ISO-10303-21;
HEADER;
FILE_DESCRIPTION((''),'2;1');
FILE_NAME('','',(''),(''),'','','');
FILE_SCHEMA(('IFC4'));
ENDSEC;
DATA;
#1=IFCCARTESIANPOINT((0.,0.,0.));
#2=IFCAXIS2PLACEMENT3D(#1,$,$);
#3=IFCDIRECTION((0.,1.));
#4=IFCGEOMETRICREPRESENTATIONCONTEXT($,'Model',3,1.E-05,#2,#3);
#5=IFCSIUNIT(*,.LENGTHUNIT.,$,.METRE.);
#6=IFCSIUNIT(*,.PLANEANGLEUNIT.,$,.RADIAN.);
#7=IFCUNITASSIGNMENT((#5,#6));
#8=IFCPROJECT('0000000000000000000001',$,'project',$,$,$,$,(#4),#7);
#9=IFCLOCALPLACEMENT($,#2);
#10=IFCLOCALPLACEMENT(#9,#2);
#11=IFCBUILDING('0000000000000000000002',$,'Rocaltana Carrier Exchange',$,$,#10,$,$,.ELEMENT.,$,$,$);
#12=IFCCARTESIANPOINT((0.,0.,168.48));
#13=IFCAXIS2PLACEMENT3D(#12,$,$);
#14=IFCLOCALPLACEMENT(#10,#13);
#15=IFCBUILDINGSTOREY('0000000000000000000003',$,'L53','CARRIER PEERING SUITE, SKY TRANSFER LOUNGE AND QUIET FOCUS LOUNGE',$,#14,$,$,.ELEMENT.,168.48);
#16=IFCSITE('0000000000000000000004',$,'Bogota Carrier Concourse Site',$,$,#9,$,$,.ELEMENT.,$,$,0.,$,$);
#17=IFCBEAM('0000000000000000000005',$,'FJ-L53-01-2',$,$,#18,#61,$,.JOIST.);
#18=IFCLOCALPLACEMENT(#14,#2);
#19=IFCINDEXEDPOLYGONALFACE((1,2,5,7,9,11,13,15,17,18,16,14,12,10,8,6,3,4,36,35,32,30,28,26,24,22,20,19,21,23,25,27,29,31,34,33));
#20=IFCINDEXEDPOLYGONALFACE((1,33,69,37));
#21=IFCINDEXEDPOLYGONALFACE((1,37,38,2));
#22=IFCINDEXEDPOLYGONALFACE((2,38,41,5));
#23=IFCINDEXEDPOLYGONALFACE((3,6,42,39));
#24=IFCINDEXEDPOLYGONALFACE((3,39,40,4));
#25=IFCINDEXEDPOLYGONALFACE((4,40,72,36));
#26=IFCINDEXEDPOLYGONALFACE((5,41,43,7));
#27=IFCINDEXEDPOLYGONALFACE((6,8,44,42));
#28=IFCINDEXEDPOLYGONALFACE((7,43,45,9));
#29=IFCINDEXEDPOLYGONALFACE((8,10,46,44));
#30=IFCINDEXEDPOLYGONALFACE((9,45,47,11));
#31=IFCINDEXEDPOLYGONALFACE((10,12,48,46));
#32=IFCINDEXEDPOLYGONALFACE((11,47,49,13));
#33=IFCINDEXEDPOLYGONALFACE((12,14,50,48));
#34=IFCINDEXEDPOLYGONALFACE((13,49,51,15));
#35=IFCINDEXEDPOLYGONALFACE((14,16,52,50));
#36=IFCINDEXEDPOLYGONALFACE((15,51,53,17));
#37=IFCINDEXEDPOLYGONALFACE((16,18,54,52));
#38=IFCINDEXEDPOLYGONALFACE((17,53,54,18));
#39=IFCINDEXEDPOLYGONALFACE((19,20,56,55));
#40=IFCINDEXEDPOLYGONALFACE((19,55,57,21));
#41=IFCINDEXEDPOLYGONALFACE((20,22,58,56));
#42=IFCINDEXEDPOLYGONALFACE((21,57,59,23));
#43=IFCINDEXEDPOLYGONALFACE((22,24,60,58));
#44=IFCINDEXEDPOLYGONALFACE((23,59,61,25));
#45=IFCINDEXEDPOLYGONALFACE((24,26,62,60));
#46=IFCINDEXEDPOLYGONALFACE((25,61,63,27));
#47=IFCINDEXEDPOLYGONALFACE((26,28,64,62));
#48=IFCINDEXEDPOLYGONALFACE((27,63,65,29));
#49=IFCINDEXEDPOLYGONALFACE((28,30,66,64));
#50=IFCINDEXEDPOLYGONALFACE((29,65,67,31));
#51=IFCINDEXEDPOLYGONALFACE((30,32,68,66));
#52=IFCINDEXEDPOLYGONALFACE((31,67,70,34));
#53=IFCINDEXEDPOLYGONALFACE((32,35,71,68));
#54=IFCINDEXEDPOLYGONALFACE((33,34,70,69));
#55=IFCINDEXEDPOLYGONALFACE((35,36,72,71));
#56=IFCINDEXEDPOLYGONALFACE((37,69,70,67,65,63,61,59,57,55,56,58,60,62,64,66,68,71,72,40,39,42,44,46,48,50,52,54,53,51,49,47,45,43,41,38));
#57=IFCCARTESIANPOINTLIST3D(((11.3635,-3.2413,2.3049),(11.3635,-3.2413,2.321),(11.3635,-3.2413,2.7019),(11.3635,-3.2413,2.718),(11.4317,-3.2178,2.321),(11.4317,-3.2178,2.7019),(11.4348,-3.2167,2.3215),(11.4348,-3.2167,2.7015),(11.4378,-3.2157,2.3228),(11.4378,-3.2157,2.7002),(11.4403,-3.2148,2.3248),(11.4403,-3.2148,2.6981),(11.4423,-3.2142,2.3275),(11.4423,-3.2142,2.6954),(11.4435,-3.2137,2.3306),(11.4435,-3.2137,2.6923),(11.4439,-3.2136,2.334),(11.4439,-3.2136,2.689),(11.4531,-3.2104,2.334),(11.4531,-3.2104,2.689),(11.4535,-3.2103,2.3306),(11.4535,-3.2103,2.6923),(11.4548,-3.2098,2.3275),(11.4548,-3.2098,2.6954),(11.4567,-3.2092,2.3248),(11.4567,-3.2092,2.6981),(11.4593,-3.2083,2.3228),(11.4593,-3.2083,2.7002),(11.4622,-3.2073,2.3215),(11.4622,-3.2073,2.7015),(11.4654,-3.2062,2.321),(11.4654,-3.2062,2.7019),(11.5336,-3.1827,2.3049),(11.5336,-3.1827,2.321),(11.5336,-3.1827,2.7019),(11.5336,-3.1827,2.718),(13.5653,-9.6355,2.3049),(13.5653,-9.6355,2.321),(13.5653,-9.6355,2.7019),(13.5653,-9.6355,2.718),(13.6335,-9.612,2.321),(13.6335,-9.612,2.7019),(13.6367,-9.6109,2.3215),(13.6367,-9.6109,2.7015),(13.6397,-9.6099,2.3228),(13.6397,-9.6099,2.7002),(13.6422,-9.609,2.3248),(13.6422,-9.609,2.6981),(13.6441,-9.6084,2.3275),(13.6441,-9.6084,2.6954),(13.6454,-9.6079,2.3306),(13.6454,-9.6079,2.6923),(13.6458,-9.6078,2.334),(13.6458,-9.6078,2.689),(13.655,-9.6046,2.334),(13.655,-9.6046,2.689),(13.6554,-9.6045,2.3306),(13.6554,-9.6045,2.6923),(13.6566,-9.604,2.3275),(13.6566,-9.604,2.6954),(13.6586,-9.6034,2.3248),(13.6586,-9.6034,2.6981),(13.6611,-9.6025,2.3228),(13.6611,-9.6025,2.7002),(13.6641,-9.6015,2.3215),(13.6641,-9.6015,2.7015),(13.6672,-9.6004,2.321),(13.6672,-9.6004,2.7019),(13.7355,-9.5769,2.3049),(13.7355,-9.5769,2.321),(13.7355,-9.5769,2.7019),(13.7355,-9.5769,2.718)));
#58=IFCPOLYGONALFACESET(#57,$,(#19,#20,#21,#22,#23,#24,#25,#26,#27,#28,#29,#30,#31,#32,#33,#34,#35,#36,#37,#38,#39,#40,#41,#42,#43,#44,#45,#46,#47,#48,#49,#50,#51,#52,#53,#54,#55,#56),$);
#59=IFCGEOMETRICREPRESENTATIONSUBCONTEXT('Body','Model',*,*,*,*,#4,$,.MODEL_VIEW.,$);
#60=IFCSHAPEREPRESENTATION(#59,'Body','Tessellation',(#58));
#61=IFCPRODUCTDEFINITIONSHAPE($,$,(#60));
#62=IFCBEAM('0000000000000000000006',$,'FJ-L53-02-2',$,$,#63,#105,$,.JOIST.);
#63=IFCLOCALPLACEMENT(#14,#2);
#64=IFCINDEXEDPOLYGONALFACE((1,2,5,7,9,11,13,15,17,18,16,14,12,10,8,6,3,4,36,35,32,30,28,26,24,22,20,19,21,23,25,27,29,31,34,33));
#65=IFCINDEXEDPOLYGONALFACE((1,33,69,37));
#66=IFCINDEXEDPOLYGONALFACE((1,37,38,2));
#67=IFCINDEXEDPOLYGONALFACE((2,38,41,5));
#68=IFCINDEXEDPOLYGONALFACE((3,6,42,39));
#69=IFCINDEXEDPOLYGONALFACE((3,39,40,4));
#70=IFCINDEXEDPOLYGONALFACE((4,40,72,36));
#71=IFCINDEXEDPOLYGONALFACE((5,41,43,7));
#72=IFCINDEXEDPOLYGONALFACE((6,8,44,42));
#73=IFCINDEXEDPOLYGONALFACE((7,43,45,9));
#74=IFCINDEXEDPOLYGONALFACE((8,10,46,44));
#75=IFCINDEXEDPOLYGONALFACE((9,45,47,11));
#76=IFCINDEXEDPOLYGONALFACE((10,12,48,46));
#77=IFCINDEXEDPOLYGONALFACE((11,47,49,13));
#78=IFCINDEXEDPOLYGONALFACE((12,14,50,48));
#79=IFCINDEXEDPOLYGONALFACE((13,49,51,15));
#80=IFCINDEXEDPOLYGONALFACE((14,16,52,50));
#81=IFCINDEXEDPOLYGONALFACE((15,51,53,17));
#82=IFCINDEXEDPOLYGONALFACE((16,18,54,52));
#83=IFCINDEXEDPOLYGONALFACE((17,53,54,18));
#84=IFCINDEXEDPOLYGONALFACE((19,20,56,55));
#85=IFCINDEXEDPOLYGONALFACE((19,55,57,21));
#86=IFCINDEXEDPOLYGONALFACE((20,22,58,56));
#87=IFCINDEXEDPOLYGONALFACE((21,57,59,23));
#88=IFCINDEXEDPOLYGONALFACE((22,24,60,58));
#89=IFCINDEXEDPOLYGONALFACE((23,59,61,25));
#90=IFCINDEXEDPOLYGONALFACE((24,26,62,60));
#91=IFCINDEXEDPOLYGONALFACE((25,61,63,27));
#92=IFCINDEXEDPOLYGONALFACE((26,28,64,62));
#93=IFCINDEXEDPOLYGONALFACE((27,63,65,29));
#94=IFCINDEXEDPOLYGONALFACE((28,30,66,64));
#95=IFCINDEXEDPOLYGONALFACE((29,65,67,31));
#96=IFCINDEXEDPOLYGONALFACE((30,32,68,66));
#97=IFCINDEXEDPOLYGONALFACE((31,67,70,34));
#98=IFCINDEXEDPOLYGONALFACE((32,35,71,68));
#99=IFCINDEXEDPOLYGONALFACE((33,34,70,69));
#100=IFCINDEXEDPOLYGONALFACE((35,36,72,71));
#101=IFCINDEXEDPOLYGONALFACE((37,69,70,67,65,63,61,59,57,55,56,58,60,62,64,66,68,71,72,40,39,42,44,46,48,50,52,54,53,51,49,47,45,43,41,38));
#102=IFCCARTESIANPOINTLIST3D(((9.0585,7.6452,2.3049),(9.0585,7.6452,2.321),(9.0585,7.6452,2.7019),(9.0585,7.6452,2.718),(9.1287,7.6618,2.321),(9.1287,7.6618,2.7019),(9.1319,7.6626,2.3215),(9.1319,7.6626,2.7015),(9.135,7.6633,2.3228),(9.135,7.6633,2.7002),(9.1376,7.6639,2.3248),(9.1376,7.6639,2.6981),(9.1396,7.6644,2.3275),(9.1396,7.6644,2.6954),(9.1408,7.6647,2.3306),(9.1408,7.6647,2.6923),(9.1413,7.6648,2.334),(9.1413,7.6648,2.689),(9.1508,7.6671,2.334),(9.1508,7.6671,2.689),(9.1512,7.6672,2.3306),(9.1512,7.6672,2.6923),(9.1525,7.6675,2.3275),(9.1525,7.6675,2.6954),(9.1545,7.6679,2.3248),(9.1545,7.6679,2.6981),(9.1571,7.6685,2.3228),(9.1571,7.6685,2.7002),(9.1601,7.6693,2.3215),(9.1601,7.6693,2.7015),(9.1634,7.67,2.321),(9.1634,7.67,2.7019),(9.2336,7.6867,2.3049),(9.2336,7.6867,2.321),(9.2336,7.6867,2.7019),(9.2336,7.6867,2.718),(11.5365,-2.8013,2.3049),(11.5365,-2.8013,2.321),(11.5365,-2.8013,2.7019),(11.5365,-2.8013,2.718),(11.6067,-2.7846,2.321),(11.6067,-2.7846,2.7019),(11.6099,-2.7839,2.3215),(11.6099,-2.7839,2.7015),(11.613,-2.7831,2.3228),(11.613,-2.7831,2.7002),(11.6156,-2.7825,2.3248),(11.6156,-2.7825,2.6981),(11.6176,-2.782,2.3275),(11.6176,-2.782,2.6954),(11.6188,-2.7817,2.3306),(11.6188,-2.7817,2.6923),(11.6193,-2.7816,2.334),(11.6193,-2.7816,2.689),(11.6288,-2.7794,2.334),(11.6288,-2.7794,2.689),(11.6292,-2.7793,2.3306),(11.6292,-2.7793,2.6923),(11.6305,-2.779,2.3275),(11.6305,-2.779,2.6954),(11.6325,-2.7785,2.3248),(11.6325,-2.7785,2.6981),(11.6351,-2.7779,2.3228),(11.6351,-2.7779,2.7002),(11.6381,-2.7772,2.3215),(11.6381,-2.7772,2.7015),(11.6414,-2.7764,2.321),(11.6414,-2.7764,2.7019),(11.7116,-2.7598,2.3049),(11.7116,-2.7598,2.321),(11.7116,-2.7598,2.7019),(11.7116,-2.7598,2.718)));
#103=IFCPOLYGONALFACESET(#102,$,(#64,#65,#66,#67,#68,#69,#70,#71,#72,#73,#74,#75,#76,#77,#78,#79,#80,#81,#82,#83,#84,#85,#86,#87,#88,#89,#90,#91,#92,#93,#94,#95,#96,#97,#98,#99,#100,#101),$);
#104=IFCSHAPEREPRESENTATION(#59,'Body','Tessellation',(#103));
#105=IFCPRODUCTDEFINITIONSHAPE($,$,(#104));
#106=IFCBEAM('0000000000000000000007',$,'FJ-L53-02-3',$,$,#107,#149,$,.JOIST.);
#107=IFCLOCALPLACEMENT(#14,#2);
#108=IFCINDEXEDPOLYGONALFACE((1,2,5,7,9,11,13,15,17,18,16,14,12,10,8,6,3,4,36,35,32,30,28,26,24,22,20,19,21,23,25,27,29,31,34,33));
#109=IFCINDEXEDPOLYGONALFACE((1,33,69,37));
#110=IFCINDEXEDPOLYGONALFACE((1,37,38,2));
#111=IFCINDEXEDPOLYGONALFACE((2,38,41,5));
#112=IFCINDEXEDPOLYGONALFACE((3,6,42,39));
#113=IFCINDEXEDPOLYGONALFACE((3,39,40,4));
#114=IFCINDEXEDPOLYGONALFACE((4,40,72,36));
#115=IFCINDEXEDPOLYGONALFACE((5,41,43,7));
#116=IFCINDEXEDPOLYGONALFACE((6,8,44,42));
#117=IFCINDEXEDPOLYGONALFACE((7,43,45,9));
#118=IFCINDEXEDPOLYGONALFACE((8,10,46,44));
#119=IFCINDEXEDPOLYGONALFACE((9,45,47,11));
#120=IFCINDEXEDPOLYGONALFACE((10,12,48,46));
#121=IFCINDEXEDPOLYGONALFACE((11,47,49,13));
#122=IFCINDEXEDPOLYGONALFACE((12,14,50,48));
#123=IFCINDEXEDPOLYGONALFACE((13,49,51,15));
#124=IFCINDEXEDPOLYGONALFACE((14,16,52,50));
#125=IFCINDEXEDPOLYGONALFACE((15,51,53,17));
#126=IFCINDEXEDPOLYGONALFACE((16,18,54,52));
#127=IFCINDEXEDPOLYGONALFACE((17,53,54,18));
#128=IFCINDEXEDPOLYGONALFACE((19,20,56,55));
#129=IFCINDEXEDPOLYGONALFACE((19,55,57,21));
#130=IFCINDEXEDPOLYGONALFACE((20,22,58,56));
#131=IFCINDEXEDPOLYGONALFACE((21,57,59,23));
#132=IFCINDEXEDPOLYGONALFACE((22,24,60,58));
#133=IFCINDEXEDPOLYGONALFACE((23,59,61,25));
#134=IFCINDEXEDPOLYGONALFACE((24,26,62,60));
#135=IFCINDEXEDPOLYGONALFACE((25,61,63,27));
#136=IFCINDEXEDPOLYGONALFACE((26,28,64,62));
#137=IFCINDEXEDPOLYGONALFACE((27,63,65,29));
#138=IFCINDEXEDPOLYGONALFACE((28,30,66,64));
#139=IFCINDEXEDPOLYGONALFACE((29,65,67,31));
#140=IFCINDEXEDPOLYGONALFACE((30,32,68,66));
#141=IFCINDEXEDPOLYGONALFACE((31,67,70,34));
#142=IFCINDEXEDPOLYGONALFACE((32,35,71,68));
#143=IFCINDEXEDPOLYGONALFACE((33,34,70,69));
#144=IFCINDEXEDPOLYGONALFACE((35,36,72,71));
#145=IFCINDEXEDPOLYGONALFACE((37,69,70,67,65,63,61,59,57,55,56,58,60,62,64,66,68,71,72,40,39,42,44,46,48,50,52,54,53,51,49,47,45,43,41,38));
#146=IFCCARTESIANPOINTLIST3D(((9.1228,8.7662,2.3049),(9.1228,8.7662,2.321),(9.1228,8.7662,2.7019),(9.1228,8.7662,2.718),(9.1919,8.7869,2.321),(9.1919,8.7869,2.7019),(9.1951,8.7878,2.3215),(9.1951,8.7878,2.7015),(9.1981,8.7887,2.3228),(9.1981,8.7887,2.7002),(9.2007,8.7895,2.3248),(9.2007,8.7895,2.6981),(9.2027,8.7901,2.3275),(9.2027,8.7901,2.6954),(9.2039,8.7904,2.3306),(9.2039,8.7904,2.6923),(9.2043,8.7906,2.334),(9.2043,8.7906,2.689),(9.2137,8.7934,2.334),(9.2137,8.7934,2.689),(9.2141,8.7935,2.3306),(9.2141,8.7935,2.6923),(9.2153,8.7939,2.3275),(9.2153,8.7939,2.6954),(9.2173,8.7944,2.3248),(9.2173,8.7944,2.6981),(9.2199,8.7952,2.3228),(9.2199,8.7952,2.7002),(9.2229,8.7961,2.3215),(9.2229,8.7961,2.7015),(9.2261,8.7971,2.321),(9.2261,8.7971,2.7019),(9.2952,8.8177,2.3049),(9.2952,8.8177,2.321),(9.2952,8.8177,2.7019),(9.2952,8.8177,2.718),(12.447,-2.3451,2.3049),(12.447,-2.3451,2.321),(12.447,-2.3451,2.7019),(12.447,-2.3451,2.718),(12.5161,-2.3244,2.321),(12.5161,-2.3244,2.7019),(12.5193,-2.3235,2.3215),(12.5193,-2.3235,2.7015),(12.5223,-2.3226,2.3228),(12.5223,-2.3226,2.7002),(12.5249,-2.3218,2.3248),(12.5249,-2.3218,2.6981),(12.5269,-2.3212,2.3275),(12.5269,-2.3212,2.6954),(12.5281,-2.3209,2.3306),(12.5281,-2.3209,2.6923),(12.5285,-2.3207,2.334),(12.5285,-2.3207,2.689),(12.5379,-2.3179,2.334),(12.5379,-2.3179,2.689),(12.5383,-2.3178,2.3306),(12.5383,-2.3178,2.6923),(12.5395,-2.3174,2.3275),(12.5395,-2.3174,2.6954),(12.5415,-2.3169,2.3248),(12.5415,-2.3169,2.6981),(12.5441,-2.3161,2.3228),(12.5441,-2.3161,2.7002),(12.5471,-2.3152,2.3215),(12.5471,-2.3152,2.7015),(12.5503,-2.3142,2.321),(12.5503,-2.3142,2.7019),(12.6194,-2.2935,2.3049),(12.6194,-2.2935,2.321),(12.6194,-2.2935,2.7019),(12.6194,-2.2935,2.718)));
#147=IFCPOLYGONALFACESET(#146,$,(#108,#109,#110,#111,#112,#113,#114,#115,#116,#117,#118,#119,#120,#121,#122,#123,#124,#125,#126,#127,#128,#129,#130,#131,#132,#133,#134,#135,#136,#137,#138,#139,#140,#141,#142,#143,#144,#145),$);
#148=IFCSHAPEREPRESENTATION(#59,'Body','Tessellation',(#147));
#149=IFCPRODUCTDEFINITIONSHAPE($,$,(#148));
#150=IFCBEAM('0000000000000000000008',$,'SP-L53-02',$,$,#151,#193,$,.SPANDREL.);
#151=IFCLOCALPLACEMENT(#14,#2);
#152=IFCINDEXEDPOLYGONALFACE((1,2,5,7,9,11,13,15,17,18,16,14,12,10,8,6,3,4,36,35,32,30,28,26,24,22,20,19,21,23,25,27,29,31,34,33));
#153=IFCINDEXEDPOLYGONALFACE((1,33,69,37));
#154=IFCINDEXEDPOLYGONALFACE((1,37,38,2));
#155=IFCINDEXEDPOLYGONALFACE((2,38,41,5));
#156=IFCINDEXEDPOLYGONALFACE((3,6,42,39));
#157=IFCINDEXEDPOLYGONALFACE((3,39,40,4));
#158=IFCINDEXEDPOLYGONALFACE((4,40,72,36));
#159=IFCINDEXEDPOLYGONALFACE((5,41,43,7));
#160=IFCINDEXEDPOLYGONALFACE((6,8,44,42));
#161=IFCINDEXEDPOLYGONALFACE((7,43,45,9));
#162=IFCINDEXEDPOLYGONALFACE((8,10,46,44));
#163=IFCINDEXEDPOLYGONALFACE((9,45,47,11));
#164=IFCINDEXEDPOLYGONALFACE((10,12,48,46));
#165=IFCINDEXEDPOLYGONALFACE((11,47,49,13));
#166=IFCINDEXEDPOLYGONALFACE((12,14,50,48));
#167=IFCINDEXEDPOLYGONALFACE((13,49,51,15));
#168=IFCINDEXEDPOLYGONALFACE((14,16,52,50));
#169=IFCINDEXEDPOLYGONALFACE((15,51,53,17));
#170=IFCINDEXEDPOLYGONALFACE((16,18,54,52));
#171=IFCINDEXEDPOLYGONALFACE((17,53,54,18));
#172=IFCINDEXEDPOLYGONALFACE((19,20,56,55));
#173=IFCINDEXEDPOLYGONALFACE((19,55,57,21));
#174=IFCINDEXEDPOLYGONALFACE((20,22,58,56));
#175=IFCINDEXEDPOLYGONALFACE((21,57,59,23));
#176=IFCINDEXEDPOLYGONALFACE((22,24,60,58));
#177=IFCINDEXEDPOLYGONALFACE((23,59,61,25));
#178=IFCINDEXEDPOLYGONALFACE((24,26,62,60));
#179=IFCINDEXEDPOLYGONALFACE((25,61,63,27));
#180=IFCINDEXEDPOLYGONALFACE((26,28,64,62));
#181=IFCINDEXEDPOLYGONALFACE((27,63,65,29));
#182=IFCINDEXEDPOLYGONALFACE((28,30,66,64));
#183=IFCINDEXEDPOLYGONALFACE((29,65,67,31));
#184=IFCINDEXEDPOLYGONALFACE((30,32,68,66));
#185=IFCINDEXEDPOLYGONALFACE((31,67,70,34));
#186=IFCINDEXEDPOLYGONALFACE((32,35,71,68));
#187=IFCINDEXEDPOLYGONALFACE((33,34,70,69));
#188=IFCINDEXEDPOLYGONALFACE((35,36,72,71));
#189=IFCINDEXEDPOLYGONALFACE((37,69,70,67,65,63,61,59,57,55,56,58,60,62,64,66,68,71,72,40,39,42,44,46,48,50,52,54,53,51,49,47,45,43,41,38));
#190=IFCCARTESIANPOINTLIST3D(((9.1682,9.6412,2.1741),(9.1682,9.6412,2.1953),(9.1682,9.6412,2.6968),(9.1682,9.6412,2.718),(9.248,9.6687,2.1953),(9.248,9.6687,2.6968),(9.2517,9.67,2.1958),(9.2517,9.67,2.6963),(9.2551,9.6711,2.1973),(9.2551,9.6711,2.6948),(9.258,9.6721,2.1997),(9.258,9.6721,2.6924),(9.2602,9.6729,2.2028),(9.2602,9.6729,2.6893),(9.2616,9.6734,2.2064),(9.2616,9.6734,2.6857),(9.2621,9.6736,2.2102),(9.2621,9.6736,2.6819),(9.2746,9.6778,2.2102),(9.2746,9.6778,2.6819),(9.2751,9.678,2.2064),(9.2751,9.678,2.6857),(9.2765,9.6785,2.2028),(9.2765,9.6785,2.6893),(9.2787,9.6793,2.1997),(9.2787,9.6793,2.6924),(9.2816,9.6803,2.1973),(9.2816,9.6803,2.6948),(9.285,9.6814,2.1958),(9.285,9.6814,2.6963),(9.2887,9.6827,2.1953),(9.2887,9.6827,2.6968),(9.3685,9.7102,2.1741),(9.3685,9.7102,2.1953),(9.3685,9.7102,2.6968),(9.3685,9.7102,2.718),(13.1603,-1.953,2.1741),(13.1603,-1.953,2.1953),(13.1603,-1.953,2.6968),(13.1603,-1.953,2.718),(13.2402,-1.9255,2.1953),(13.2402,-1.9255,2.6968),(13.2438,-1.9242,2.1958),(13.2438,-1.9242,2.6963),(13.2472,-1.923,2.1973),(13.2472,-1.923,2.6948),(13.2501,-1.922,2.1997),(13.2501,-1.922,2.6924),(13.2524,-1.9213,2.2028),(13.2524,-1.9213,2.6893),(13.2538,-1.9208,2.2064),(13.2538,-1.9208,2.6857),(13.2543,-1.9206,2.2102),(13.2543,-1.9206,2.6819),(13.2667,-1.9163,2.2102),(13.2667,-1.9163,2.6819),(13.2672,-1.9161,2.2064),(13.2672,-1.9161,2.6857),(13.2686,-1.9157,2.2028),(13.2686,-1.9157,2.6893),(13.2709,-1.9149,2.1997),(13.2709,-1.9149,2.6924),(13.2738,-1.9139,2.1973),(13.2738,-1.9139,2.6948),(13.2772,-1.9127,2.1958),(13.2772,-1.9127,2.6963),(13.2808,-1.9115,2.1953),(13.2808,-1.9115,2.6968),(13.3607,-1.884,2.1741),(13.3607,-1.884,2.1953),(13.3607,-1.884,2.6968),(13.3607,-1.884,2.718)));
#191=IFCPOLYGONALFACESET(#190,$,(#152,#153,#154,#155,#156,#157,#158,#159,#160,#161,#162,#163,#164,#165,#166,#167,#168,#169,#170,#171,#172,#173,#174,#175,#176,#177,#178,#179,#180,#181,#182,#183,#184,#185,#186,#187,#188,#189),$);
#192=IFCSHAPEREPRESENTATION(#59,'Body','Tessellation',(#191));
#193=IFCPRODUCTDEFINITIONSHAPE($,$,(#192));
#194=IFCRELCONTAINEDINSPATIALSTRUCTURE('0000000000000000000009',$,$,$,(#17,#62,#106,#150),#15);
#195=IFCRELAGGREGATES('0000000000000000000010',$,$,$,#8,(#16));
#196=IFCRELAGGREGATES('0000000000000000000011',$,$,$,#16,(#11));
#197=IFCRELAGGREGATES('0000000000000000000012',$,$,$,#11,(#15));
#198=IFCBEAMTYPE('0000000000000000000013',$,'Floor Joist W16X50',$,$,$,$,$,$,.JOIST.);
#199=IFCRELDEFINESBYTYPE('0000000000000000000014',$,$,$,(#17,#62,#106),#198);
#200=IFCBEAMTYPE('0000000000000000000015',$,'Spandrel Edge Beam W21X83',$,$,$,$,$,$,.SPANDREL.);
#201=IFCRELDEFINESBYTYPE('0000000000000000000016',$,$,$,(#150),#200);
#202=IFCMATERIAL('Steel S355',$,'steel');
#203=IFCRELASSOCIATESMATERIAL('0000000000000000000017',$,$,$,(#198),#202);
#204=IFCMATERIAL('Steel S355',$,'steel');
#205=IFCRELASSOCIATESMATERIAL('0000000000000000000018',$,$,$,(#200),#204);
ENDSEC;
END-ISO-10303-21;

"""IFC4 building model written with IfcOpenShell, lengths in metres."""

from ifc_helpers import new_model, si_unit, direction, frame, origin, origin_2d, place, context, subcontext, project, spatial, i_section, extrude, material, material_profile, profile_set, type_object, element, save


model = new_model("IFC4")

# Units and contexts
model_context = context("Model", 3, precision=1e-05, world=origin(), true_north=direction((0.0, 1.0)))
body_context = subcontext(model_context, "Body", "Model", "MODEL_VIEW")
ifc_project = project(units=[si_unit("LENGTHUNIT", "METRE"), si_unit("PLANEANGLEUNIT", "RADIAN")], contexts=[model_context])

# Site, building, storey
site_placement = place(None, origin())
site = spatial("IfcSite", under=ifc_project, at=site_placement, Name="Bogota Carrier Concourse Site", CompositionType="ELEMENT", RefElevation=0.0)
building_placement = place(site_placement, origin())
building = spatial("IfcBuilding", under=site, at=building_placement, Name="Rocaltana Carrier Exchange", CompositionType="ELEMENT")
storey_placement = place(building_placement, frame((0.0, 0.0, 168.48)))
storey = spatial("IfcBuildingStorey", under=building, at=storey_placement, Name="L53", Description="CARRIER PEERING SUITE, SKY TRANSFER LOUNGE AND QUIET FOCUS LOUNGE", CompositionType="ELEMENT", Elevation=168.48)

# Beams
ifc_material_1 = material(Name="Steel S355", Category="steel")
ifc_material_profile_1 = material_profile(ifc_material_1, i_section(OverallWidth=0.1799, OverallDepth=0.4131, WebThickness=0.0098, FlangeThickness=0.0161, FilletRadius=0.0129, at=origin_2d()), Name="W16X50")
ifc_profile_set_1 = profile_set([ifc_material_profile_1], Name="Steel S355")
beam_type_1 = type_object("IfcBeamType", Name="Floor Joist W16X50", PredefinedType="JOIST", material=ifc_profile_set_1)
beam_1_placement = place(storey_placement, frame((13.6504, -9.6062, 2.5115), z_axis=(-0.325591, 0.945511, 0.0), x_axis=(-0.945511, -0.325591, 0.0)))
element("IfcBeam", 1, at=beam_1_placement, inside=storey, type_object=beam_type_1, Name="FJ-L53-01-2", PredefinedType="JOIST", context=body_context, shape_type="SweptSolid", body=[
    extrude(i_section(OverallWidth=0.1799, OverallDepth=0.4131, WebThickness=0.0098, FlangeThickness=0.0161, FilletRadius=0.0129, at=origin_2d()), origin(), (0.0, 0.0, 1.0), 6.7627),
])
beam_2_placement = place(storey_placement, frame((11.624, -2.7805, 2.5115), z_axis=(-0.230806, 0.973, 0.0), x_axis=(-0.973, -0.230806, 0.0)))
element("IfcBeam", 2, at=beam_2_placement, inside=storey, type_object=beam_type_1, Name="FJ-L53-02-2", PredefinedType="JOIST", context=body_context, shape_type="SweptSolid", body=[
    extrude(i_section(OverallWidth=0.1799, OverallDepth=0.4131, WebThickness=0.0098, FlangeThickness=0.0161, FilletRadius=0.0129, at=origin_2d()), origin(), (0.0, 0.0, 1.0), 10.7363),
])
beam_3_placement = place(storey_placement, frame((12.5332, -2.3193, 2.5115), z_axis=(-0.286622, 0.958044, 0.0), x_axis=(-0.958044, -0.286622, 0.0)))
element("IfcBeam", 3, at=beam_3_placement, inside=storey, type_object=beam_type_1, Name="FJ-L53-02-3", PredefinedType="JOIST", context=body_context, shape_type="SweptSolid", body=[
    extrude(i_section(OverallWidth=0.1799, OverallDepth=0.4131, WebThickness=0.0098, FlangeThickness=0.0161, FilletRadius=0.0129, at=origin_2d()), origin(), (0.0, 0.0, 1.0), 11.5979),
])
ifc_material_2 = material(Name="Steel S355", Category="steel")
ifc_material_profile_2 = material_profile(ifc_material_2, i_section(OverallWidth=0.2119, OverallDepth=0.5439, WebThickness=0.0132, FlangeThickness=0.0212, FilletRadius=0.0149, at=origin_2d()), Name="W21X83")
ifc_profile_set_2 = profile_set([ifc_material_profile_2], Name="Steel S355")
beam_type_2 = type_object("IfcBeamType", Name="Spandrel Edge Beam W21X83", PredefinedType="SPANDREL", material=ifc_profile_set_2)
beam_4_placement = place(storey_placement, frame((13.2605, -1.9185, 2.446), z_axis=(-0.325566, 0.945519, 0.0), x_axis=(-0.945519, -0.325566, 0.0)))
element("IfcBeam", 4, at=beam_4_placement, inside=storey, type_object=beam_type_2, Name="SP-L53-02", PredefinedType="SPANDREL", context=body_context, shape_type="SweptSolid", body=[
    extrude(i_section(OverallWidth=0.2119, OverallDepth=0.5439, WebThickness=0.0132, FlangeThickness=0.0212, FilletRadius=0.0149, at=origin_2d()), origin(), (0.0, 0.0, 1.0), 12.2622),
])

save(model, "model.ifc")
